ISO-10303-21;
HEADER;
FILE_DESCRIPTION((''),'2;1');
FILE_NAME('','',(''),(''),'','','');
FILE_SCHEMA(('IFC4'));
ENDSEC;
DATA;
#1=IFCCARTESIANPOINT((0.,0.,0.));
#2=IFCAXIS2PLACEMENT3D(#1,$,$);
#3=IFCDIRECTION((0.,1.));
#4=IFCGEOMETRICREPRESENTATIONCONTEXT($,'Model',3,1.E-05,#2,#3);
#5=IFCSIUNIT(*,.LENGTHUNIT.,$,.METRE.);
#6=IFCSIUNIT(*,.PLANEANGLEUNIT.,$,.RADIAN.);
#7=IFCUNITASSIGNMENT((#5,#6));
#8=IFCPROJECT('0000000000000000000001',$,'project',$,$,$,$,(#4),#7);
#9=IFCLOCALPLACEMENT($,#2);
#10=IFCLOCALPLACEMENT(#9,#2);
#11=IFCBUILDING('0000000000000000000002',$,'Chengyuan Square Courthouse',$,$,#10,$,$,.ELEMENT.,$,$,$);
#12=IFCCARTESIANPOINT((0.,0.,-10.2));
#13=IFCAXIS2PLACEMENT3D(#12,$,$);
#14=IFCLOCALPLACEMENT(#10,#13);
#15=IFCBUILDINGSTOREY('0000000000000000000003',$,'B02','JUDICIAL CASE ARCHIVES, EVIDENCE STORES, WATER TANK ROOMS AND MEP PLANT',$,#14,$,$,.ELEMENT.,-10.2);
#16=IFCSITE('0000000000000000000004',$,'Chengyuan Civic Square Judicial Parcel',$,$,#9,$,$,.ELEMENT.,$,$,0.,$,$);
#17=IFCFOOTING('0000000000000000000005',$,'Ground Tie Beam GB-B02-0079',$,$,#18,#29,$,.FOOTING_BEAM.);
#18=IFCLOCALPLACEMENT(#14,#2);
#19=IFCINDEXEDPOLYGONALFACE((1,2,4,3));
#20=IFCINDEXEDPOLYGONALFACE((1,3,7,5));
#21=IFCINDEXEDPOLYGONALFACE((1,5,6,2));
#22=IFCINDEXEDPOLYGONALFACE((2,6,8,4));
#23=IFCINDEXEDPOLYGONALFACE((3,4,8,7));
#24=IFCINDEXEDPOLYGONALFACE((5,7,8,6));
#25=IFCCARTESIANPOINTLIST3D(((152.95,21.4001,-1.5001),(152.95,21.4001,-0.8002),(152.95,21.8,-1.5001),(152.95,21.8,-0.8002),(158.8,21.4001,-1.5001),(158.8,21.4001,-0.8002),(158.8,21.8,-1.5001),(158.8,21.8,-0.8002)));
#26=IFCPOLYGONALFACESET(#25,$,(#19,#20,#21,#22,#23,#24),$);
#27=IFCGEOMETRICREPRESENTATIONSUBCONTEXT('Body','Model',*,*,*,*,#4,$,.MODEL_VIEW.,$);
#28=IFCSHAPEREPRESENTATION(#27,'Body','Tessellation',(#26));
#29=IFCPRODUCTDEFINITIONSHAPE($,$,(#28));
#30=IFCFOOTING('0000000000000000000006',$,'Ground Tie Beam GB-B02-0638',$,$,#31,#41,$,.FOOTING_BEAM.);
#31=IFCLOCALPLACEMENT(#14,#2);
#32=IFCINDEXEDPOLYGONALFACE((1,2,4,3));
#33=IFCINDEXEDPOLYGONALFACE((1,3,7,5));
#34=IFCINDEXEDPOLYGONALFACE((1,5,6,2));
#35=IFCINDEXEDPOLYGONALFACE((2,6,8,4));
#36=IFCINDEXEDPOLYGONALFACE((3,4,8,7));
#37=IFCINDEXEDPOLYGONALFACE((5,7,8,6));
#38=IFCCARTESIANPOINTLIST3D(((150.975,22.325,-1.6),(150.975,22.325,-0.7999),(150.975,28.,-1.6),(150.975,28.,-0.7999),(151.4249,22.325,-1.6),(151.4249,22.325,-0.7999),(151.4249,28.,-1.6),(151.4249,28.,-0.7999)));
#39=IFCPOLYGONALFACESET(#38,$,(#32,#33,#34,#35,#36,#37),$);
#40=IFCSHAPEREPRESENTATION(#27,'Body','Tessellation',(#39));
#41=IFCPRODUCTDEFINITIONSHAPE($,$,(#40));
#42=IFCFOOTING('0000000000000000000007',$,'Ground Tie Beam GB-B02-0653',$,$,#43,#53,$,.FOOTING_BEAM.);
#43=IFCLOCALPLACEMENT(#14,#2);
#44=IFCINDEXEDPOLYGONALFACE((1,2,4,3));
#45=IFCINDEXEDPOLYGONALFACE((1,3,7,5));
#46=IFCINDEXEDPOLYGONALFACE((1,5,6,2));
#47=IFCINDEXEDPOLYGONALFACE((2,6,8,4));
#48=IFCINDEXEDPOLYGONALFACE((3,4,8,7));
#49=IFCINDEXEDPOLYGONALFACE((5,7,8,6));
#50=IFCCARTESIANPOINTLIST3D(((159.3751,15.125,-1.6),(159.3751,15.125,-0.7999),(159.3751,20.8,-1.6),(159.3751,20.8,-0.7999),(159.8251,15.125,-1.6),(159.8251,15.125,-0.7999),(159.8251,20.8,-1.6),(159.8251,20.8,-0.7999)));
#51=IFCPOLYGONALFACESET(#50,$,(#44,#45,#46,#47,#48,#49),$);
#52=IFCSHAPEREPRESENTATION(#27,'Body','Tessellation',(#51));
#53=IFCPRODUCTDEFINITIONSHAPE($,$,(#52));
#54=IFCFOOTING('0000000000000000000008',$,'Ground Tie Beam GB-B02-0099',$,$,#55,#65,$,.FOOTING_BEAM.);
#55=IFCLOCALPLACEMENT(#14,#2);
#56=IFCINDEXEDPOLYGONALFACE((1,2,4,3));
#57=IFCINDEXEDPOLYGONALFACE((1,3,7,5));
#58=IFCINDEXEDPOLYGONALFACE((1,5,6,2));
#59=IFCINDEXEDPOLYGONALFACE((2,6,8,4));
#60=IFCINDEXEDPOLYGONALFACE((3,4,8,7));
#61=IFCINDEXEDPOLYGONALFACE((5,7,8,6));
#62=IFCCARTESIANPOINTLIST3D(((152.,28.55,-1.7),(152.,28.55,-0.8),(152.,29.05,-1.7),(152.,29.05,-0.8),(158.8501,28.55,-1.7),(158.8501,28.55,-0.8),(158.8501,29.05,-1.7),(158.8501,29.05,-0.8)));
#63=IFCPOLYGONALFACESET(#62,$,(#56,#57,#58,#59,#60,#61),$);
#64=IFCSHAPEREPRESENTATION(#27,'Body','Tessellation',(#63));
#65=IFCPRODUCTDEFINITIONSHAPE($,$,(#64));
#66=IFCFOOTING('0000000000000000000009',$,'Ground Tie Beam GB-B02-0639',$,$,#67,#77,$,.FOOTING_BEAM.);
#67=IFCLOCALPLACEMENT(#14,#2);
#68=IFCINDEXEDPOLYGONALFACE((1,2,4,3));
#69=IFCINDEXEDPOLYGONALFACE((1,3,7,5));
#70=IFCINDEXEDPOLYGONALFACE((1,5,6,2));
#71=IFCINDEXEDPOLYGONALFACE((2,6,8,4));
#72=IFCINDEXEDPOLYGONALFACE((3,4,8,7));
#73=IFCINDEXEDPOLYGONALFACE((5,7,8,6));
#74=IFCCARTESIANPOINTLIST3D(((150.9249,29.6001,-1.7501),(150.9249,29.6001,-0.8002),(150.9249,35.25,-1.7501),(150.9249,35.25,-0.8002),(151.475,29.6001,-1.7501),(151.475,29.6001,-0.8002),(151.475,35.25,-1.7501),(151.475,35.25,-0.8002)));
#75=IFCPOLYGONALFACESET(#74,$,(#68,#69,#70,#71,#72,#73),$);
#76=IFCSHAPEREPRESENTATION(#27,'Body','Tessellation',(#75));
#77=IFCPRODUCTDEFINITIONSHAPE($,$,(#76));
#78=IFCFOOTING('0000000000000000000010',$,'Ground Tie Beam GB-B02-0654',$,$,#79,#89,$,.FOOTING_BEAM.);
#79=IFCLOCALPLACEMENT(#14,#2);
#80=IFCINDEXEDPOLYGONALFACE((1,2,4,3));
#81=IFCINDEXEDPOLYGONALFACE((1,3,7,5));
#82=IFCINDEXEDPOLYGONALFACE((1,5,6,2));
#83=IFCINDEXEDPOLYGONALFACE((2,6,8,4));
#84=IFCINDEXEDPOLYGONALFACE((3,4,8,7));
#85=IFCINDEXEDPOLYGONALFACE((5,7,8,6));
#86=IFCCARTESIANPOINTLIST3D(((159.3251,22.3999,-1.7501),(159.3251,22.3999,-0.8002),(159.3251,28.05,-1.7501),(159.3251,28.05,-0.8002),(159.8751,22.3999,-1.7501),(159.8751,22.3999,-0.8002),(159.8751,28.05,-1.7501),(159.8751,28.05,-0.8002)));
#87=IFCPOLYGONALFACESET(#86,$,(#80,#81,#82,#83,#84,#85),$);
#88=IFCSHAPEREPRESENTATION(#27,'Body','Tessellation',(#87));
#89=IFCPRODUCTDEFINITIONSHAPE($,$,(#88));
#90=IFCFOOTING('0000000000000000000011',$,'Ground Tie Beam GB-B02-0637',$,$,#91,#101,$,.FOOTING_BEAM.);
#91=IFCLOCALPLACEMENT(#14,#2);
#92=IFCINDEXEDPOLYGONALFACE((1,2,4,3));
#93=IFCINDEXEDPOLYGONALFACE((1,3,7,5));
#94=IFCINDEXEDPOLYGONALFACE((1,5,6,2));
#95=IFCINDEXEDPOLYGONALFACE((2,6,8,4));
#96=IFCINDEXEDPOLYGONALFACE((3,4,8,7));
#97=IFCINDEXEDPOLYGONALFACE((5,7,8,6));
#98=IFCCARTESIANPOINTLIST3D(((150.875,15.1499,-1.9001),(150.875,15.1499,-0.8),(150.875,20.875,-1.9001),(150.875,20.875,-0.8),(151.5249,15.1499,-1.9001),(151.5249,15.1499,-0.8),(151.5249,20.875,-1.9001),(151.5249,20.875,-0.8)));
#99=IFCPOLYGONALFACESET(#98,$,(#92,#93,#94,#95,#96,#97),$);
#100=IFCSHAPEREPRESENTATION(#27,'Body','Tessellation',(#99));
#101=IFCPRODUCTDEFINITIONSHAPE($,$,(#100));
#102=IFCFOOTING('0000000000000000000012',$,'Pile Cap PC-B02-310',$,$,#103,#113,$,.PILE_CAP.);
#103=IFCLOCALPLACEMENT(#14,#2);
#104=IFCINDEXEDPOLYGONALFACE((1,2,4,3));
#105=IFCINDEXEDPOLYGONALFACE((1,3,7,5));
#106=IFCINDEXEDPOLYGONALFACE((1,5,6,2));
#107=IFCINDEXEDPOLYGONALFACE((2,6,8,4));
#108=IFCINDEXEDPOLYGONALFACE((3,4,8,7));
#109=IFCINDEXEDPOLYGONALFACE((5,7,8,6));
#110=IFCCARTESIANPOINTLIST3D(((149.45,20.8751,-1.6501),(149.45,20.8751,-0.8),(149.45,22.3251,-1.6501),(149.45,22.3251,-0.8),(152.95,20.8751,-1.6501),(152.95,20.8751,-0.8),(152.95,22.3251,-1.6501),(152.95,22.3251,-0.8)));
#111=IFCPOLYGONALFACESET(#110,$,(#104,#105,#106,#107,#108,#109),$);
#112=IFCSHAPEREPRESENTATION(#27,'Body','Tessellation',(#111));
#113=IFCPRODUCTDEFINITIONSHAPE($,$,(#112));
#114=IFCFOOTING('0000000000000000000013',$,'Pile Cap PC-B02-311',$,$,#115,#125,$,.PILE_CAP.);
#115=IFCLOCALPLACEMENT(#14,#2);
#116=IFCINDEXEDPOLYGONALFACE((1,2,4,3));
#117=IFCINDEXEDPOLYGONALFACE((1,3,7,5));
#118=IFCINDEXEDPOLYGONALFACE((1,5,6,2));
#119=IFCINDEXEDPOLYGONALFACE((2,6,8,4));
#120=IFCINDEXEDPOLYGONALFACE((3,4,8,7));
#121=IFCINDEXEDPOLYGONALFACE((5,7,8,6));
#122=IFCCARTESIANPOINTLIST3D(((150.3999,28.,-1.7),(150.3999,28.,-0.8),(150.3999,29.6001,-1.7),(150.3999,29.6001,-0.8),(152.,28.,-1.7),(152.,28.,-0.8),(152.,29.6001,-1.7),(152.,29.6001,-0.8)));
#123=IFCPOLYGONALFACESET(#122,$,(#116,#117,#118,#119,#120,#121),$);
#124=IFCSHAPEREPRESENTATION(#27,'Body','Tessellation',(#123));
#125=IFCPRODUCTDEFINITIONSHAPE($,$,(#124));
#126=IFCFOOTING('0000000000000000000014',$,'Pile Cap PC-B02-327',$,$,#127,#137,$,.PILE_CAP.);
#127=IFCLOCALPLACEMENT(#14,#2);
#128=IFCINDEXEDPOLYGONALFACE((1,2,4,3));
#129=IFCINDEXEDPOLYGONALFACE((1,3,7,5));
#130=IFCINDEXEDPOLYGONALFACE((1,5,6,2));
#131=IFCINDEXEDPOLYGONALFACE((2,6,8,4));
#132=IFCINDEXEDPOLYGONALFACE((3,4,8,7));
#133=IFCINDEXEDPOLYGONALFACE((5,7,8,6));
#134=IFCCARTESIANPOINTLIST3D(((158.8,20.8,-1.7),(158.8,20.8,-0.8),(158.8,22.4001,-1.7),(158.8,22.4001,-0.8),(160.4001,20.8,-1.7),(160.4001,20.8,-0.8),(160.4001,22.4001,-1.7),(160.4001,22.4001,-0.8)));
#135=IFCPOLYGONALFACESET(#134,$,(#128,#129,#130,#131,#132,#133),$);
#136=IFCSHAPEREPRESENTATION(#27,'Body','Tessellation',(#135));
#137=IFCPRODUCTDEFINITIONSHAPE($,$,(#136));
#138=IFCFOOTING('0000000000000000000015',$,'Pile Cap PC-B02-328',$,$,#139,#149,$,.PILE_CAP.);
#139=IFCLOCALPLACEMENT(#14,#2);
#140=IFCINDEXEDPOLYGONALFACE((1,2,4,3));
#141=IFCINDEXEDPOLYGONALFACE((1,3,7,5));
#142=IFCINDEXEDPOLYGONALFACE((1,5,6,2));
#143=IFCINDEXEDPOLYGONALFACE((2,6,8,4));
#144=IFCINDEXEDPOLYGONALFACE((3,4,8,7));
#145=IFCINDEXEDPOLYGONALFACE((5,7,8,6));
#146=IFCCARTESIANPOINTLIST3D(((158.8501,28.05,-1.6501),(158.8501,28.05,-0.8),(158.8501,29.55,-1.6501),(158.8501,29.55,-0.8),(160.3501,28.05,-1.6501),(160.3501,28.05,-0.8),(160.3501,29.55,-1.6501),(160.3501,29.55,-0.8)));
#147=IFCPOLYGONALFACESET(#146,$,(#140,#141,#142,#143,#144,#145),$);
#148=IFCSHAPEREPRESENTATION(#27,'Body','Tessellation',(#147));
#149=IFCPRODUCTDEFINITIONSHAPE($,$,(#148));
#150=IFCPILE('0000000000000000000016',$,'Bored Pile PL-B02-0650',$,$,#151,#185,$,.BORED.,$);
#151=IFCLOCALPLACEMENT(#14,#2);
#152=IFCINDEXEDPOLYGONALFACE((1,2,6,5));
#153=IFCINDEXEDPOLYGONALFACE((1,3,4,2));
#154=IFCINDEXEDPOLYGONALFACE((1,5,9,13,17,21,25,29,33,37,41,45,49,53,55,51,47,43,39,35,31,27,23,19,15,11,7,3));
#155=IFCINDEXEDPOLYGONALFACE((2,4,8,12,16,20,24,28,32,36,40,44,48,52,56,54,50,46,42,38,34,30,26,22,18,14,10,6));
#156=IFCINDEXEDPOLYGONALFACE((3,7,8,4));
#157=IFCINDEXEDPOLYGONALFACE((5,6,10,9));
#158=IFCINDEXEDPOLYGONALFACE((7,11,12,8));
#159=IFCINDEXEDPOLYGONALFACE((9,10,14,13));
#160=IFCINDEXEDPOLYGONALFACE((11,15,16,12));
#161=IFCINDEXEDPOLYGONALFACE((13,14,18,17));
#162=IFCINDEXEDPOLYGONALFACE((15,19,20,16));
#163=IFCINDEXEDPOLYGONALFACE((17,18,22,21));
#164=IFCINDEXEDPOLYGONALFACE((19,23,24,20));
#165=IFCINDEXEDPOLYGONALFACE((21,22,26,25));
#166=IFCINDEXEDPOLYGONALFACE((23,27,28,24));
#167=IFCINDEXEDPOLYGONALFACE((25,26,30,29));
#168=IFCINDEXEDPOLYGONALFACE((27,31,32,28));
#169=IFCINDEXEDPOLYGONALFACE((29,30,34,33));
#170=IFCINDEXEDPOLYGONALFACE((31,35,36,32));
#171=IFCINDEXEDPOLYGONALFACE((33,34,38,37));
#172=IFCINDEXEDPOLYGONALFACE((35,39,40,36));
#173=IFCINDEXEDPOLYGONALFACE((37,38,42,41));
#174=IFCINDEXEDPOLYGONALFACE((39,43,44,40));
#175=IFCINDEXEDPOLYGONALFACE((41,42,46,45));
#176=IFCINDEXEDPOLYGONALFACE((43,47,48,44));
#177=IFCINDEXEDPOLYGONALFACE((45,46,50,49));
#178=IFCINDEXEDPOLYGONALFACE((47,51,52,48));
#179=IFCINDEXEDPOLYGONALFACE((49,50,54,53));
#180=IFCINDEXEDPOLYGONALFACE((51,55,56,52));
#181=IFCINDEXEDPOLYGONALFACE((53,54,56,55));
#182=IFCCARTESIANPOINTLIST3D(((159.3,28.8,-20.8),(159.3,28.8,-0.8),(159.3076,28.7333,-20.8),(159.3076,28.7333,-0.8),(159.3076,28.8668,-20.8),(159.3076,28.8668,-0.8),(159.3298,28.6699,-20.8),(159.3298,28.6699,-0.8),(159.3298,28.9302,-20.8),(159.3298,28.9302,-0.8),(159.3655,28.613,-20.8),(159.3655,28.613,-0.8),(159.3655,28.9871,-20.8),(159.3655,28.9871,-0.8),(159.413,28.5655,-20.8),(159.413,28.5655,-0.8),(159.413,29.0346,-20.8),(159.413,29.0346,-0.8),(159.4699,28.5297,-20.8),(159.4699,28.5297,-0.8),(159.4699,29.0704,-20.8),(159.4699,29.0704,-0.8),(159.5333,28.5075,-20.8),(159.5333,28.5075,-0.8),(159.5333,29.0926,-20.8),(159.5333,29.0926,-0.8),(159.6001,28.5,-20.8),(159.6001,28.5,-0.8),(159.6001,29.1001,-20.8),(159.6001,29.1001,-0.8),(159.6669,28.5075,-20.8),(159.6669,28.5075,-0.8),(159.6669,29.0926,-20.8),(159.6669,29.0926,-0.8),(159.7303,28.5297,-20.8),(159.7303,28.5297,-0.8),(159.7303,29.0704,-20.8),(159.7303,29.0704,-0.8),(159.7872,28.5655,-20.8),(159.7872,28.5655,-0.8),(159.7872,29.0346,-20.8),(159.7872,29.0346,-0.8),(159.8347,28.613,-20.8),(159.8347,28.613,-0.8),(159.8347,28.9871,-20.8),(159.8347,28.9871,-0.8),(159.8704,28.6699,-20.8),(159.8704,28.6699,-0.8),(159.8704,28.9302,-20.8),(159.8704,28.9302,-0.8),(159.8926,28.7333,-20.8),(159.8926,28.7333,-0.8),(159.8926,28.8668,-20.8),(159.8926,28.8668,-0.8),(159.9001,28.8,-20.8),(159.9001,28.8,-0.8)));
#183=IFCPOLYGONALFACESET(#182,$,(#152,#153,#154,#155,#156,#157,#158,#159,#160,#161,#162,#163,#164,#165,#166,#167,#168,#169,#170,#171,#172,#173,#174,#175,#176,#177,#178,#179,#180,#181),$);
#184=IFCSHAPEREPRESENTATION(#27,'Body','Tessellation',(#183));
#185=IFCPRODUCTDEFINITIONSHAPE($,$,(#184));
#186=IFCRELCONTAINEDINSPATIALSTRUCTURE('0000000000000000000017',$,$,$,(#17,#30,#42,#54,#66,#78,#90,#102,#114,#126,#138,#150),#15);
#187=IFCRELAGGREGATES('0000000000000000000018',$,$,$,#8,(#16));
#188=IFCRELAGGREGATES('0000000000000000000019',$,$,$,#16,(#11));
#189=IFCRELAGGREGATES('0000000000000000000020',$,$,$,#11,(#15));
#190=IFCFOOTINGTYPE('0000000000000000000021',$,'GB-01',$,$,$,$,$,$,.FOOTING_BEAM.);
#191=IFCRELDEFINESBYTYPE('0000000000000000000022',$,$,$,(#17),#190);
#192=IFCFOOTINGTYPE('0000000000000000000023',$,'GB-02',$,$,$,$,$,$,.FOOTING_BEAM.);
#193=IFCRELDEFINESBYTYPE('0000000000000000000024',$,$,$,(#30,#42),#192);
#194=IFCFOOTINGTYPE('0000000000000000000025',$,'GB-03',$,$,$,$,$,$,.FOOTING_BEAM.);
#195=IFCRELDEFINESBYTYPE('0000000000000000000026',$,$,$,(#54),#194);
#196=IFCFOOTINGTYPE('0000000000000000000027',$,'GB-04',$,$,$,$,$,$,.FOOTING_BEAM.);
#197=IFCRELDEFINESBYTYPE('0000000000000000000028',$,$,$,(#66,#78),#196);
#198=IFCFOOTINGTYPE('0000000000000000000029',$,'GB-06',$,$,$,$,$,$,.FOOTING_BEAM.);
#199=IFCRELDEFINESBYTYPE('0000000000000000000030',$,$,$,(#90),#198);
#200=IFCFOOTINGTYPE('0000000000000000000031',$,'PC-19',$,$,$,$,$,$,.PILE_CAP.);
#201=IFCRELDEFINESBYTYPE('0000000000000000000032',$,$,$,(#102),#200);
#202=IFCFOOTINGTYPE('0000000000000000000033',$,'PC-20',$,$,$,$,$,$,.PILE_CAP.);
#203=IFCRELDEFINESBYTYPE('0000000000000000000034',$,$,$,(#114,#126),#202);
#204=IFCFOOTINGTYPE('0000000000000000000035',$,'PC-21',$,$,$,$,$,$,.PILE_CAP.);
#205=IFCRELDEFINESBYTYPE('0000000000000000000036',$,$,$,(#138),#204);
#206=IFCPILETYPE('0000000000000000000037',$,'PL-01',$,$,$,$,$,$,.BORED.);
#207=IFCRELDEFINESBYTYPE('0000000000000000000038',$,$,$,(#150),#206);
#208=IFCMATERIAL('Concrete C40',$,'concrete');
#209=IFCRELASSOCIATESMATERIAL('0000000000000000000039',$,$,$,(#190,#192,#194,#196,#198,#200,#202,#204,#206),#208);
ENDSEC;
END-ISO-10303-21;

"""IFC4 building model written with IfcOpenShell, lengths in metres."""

from ifc_helpers import new_model, si_unit, direction, frame, origin, origin_2d, place, context, subcontext, project, spatial, rectangle, circle, extrude, material, material_profile, profile_set, type_object, element, save


model = new_model("IFC4")

# Units and contexts
model_context = context("Model", 3, precision=1e-05, world=origin(), true_north=direction((0.0, 1.0)))
body_context = subcontext(model_context, "Body", "Model", "MODEL_VIEW")
ifc_project = project(units=[si_unit("LENGTHUNIT", "METRE"), si_unit("PLANEANGLEUNIT", "RADIAN")], contexts=[model_context])

# Site, building, storey
site_placement = place(None, origin())
site = spatial("IfcSite", under=ifc_project, at=site_placement, Name="Chengyuan Civic Square Judicial Parcel", CompositionType="ELEMENT", RefElevation=0.0)
building_placement = place(site_placement, origin())
building = spatial("IfcBuilding", under=site, at=building_placement, Name="Chengyuan Square Courthouse", CompositionType="ELEMENT")
storey_placement = place(building_placement, frame((0.0, 0.0, -10.2)))
storey = spatial("IfcBuildingStorey", under=building, at=storey_placement, Name="B02", Description="JUDICIAL CASE ARCHIVES, EVIDENCE STORES, WATER TANK ROOMS AND MEP PLANT", CompositionType="ELEMENT", Elevation=-10.2)

# Footings
ifc_material_1 = material(Name="Concrete C40", Category="concrete")
ifc_material_profile_1 = material_profile(ifc_material_1, rectangle(XDim=0.3999, YDim=0.7, at=origin_2d()), Name="GB-400x700")
ifc_profile_set_1 = profile_set([ifc_material_profile_1], Name="Concrete C40")
footing_type_1 = type_object("IfcFootingType", Name="GB-01", PredefinedType="FOOTING_BEAM", material=ifc_profile_set_1)
footing_1_placement = place(storey_placement, frame((152.95, 21.6001, -1.1501), z_axis=(1.0, 0.0, 0.0), x_axis=(0.0, 1.0, 0.0)))
element("IfcFooting", 1, at=footing_1_placement, inside=storey, type_object=footing_type_1, Name="Ground Tie Beam GB-B02-0079", PredefinedType="FOOTING_BEAM", context=body_context, shape_type="SweptSolid", body=[
    extrude(rectangle(XDim=0.3999, YDim=0.7, at=origin_2d()), origin(), (0.0, 0.0, 1.0), 5.8501),
])
ifc_material_profile_2 = material_profile(ifc_material_1, rectangle(XDim=0.45, YDim=0.8, at=origin_2d()), Name="GB-450x800")
ifc_profile_set_2 = profile_set([ifc_material_profile_2], Name="Concrete C40")
footing_type_2 = type_object("IfcFootingType", Name="GB-02", PredefinedType="FOOTING_BEAM", material=ifc_profile_set_2)
for number, where, z_axis, x_axis, name in (
    (2, (151.2, 22.325, -1.2), (0.0, 1.0, 0.0), (-1.0, 0.0, 0.0), "Ground Tie Beam GB-B02-0638"),
    (3, (159.6001, 15.125, -1.2), (0.0, 1.0, 0.0), (-1.0, 0.0, 0.0), "Ground Tie Beam GB-B02-0653"),
):
    element("IfcFooting", number, at=place(storey_placement, frame(where, z_axis=z_axis, x_axis=x_axis)), inside=storey, type_object=footing_type_2, Name=name, PredefinedType="FOOTING_BEAM", context=body_context, shape_type="SweptSolid", body=[
        extrude(rectangle(XDim=0.45, YDim=0.8, at=origin_2d()), origin(), (0.0, 0.0, 1.0), 5.675),
    ])
ifc_material_profile_3 = material_profile(ifc_material_1, rectangle(XDim=0.5, YDim=0.8999, at=origin_2d()), Name="GB-500x900")
ifc_profile_set_3 = profile_set([ifc_material_profile_3], Name="Concrete C40")
footing_type_3 = type_object("IfcFootingType", Name="GB-03", PredefinedType="FOOTING_BEAM", material=ifc_profile_set_3)
footing_2_placement = place(storey_placement, frame((152.0, 28.8, -1.25), z_axis=(1.0, 0.0, 0.0), x_axis=(0.0, 1.0, 0.0)))
element("IfcFooting", 4, at=footing_2_placement, inside=storey, type_object=footing_type_3, Name="Ground Tie Beam GB-B02-0099", PredefinedType="FOOTING_BEAM", context=body_context, shape_type="SweptSolid", body=[
    extrude(rectangle(XDim=0.5, YDim=0.8999, at=origin_2d()), origin(), (0.0, 0.0, 1.0), 6.8501),
])
ifc_material_profile_4 = material_profile(ifc_material_1, rectangle(XDim=0.55, YDim=0.95, at=origin_2d()), Name="GB-550x950")
ifc_profile_set_4 = profile_set([ifc_material_profile_4], Name="Concrete C40")
footing_type_4 = type_object("IfcFootingType", Name="GB-04", PredefinedType="FOOTING_BEAM", material=ifc_profile_set_4)
footing_3_placement = place(storey_placement, frame((151.2, 29.6001, -1.2751), z_axis=(0.0, 1.0, 0.0), x_axis=(-1.0, 0.0, 0.0)))
element("IfcFooting", 5, at=footing_3_placement, inside=storey, type_object=footing_type_4, Name="Ground Tie Beam GB-B02-0639", PredefinedType="FOOTING_BEAM", context=body_context, shape_type="SweptSolid", body=[
    extrude(rectangle(XDim=0.55, YDim=0.95, at=origin_2d()), origin(), (0.0, 0.0, 1.0), 5.6499),
])
footing_4_placement = place(storey_placement, frame((159.6001, 22.3999, -1.2751), z_axis=(0.0, 1.0, 0.0), x_axis=(-1.0, 0.0, 0.0)))
element("IfcFooting", 6, at=footing_4_placement, inside=storey, type_object=footing_type_4, Name="Ground Tie Beam GB-B02-0654", PredefinedType="FOOTING_BEAM", context=body_context, shape_type="SweptSolid", body=[
    extrude(rectangle(XDim=0.55, YDim=0.95, at=origin_2d()), origin(), (0.0, 0.0, 1.0), 5.6501),
])
ifc_material_profile_5 = material_profile(ifc_material_1, rectangle(XDim=0.6499, YDim=1.1001, at=origin_2d()), Name="GB-650x1100")
ifc_profile_set_5 = profile_set([ifc_material_profile_5], Name="Concrete C40")
footing_type_5 = type_object("IfcFootingType", Name="GB-06", PredefinedType="FOOTING_BEAM", material=ifc_profile_set_5)
footing_5_placement = place(storey_placement, frame((151.2, 15.1499, -1.3501), z_axis=(0.0, 1.0, 0.0), x_axis=(-1.0, 0.0, 0.0)))
element("IfcFooting", 7, at=footing_5_placement, inside=storey, type_object=footing_type_5, Name="Ground Tie Beam GB-B02-0637", PredefinedType="FOOTING_BEAM", context=body_context, shape_type="SweptSolid", body=[
    extrude(rectangle(XDim=0.6499, YDim=1.1001, at=origin_2d()), origin(), (0.0, 0.0, 1.0), 5.7251),
])
footing_type_6 = type_object("IfcFootingType", Name="PC-19", PredefinedType="PILE_CAP", material=ifc_material_1)
footing_6_placement = place(storey_placement, frame((151.2, 21.6001, -1.6501), z_axis=(0.0, 0.0, 1.0), x_axis=(1.0, 0.0, 0.0)))
element("IfcFooting", 8, at=footing_6_placement, inside=storey, type_object=footing_type_6, Name="Pile Cap PC-B02-310", PredefinedType="PILE_CAP", context=body_context, shape_type="SweptSolid", body=[
    extrude(rectangle(XDim=3.5, YDim=1.45, at=origin_2d()), origin(), (0.0, 0.0, 1.0), 0.8501),
])
footing_type_7 = type_object("IfcFootingType", Name="PC-20", PredefinedType="PILE_CAP", material=ifc_material_1)
for number, where, z_axis, x_axis, name in (
    (9, (151.2, 28.8, -1.7), (0.0, 0.0, 1.0), (1.0, 0.0, 0.0), "Pile Cap PC-B02-311"),
    (10, (159.6001, 21.6001, -1.7), (0.0, 0.0, 1.0), (1.0, 0.0, 0.0), "Pile Cap PC-B02-327"),
):
    element("IfcFooting", number, at=place(storey_placement, frame(where, z_axis=z_axis, x_axis=x_axis)), inside=storey, type_object=footing_type_7, Name=name, PredefinedType="PILE_CAP", context=body_context, shape_type="SweptSolid", body=[
        extrude(rectangle(XDim=1.6001, YDim=1.6001, at=origin_2d()), origin(), (0.0, 0.0, 1.0), 0.8999),
    ])
footing_type_8 = type_object("IfcFootingType", Name="PC-21", PredefinedType="PILE_CAP", material=ifc_material_1)
footing_7_placement = place(storey_placement, frame((159.6001, 28.8, -1.6501), z_axis=(0.0, 0.0, 1.0), x_axis=(1.0, 0.0, 0.0)))
element("IfcFooting", 11, at=footing_7_placement, inside=storey, type_object=footing_type_8, Name="Pile Cap PC-B02-328", PredefinedType="PILE_CAP", context=body_context, shape_type="SweptSolid", body=[
    extrude(rectangle(XDim=1.5, YDim=1.5, at=origin_2d()), origin(), (0.0, 0.0, 1.0), 0.8501),
])

# Pile
ifc_material_profile_6 = material_profile(ifc_material_1, circle(Radius=0.3, at=origin_2d()), Name="BORED PILE D600")
ifc_profile_set_6 = profile_set([ifc_material_profile_6], Name="Concrete C40")
pile_type_1 = type_object("IfcPileType", Name="PL-01", PredefinedType="BORED", material=ifc_profile_set_6)
pile_placement = place(storey_placement, frame((159.6001, 28.8, -0.8), z_axis=(0.0, 0.0, -1.0), x_axis=(1.0, 0.0, 0.0)))
element("IfcPile", 12, at=pile_placement, inside=storey, type_object=pile_type_1, Name="Bored Pile PL-B02-0650", PredefinedType="BORED", context=body_context, shape_type="SweptSolid", body=[
    extrude(circle(Radius=0.3, at=origin_2d()), origin(), (0.0, 0.0, 1.0), 20.0),
])

save(model, "model.ifc")
